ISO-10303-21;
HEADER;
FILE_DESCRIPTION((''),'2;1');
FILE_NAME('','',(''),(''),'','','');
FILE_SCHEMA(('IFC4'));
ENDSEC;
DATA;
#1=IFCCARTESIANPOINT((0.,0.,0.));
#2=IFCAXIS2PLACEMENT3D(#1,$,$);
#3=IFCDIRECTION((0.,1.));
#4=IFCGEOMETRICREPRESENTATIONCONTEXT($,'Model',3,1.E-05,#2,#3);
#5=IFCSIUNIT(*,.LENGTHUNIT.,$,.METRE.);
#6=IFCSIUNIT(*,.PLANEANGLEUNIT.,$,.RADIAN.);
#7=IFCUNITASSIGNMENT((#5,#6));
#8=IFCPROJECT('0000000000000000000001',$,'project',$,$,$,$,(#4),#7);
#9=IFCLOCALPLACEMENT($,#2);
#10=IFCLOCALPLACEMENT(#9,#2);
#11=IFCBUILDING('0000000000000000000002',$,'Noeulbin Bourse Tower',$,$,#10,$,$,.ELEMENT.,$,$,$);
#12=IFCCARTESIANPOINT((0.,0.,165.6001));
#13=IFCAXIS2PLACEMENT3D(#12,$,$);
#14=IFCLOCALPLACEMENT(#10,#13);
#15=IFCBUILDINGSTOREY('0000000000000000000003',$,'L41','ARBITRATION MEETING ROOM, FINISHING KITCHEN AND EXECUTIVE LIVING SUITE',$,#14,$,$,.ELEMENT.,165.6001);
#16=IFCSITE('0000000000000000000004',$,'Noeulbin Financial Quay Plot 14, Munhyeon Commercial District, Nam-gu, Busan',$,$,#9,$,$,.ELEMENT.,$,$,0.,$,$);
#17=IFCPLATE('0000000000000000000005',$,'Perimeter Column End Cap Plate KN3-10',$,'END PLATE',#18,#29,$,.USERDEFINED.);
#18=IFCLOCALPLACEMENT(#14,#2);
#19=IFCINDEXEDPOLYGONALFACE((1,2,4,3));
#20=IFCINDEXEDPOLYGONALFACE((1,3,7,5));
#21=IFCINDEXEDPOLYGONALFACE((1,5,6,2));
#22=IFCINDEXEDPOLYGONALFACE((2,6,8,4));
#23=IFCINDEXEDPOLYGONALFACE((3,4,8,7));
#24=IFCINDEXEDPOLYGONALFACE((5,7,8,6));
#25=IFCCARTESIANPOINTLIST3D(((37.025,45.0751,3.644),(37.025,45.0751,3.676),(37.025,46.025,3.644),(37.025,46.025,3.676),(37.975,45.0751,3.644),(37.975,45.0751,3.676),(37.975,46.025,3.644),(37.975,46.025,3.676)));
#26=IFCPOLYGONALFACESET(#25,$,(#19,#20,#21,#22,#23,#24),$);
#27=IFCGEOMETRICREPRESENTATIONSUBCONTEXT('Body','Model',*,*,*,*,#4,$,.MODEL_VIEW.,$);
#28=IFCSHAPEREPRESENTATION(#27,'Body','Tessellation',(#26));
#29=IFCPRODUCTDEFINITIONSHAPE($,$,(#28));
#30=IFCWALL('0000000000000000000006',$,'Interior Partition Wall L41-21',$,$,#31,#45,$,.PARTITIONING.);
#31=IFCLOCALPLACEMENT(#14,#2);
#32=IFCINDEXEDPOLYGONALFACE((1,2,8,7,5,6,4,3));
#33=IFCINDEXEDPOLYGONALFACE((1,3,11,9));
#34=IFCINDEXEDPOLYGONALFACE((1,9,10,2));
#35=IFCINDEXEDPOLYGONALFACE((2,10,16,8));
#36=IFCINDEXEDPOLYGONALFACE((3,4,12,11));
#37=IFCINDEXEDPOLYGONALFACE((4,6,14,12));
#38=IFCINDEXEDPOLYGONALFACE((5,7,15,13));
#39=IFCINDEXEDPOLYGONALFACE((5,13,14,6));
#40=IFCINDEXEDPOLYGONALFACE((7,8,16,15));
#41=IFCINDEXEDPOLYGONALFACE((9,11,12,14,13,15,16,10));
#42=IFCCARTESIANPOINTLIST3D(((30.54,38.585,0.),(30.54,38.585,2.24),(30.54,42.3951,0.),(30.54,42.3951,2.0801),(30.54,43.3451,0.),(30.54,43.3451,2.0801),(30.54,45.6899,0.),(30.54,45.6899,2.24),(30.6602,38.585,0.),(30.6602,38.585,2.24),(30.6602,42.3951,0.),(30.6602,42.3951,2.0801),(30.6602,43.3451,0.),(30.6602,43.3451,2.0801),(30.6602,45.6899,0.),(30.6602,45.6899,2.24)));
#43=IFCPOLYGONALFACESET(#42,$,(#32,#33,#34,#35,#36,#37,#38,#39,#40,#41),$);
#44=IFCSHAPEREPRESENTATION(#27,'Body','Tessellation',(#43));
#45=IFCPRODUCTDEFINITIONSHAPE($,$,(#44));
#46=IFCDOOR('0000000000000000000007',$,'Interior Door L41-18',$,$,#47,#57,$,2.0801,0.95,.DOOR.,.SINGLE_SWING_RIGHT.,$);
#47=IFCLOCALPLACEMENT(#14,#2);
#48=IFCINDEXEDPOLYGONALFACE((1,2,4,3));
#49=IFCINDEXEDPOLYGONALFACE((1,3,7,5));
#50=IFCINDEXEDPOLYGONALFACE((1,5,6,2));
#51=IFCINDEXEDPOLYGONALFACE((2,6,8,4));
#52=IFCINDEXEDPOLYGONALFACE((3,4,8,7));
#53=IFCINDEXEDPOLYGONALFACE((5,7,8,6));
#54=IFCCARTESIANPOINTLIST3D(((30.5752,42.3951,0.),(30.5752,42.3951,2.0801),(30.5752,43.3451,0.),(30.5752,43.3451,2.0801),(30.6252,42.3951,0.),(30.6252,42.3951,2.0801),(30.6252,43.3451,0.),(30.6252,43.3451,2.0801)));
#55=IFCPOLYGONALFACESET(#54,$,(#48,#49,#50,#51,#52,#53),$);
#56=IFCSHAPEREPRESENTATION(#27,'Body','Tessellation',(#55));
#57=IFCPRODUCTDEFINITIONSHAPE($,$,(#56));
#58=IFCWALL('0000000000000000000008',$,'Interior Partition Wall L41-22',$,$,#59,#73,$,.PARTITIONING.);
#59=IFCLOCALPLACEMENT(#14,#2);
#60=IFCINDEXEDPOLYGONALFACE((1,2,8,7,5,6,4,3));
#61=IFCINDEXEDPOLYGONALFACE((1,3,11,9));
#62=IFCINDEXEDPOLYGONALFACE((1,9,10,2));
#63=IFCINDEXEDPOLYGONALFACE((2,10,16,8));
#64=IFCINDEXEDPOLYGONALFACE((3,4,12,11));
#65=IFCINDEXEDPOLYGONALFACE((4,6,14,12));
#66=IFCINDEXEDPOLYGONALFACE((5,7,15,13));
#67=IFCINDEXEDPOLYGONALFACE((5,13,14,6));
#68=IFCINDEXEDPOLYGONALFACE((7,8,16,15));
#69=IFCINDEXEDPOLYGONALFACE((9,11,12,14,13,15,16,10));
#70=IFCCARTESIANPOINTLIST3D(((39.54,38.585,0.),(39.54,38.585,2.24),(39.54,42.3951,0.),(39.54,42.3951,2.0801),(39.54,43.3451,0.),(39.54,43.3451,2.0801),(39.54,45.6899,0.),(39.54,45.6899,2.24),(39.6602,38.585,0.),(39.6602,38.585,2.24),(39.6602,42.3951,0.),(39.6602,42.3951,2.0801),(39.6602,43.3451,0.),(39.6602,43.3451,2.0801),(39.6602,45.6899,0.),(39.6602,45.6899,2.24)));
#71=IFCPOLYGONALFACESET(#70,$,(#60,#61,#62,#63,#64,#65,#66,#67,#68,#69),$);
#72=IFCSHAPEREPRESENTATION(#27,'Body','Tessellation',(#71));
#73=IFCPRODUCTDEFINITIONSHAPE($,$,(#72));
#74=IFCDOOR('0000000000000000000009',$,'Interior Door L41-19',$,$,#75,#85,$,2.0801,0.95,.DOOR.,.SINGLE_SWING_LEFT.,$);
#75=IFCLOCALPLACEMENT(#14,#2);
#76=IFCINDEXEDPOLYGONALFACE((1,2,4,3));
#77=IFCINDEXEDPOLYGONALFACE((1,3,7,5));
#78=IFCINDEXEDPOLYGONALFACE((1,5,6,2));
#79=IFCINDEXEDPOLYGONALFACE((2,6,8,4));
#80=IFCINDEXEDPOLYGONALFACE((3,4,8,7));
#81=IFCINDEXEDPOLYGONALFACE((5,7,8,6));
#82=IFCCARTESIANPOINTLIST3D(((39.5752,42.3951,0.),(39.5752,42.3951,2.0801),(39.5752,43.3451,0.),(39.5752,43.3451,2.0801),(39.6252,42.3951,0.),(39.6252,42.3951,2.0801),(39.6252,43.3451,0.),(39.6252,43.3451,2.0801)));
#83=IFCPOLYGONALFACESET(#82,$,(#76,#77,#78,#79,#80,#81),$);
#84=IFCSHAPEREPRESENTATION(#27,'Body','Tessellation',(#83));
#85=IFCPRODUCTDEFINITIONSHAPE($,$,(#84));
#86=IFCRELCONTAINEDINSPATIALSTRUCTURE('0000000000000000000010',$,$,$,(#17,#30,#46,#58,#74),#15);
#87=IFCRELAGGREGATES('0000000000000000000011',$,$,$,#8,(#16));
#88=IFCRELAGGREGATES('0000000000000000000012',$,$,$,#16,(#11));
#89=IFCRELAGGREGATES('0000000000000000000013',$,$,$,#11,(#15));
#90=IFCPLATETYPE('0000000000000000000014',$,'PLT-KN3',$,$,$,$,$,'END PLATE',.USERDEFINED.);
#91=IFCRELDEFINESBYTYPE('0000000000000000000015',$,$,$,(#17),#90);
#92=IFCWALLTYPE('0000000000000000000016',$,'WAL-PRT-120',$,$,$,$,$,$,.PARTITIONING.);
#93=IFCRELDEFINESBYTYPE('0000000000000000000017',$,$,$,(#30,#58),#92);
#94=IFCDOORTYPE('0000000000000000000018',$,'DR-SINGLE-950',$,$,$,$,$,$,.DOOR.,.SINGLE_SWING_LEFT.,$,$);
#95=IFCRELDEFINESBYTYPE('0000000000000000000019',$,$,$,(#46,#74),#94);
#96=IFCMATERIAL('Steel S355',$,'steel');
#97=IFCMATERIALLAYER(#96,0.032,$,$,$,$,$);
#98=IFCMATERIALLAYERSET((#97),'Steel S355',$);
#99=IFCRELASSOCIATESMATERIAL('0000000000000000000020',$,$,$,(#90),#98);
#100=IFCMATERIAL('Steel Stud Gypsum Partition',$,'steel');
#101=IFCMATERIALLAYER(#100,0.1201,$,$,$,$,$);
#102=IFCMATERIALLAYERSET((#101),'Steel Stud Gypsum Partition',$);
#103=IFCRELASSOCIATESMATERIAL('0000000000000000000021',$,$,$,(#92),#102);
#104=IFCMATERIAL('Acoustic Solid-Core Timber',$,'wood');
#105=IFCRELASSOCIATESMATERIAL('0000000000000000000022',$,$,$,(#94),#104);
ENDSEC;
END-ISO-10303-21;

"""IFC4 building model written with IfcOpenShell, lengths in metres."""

from ifc_helpers import new_model, si_unit, direction, frame, frame_2d, origin, origin_2d, place, context, subcontext, project, spatial, rectangle, extrude, material, layer, layer_set, type_object, element, fill, save


model = new_model("IFC4")

# Units and contexts
model_context = context("Model", 3, precision=1e-05, world=origin(), true_north=direction((0.0, 1.0)))
body_context = subcontext(model_context, "Body", "Model", "MODEL_VIEW")
ifc_project = project(units=[si_unit("LENGTHUNIT", "METRE"), si_unit("PLANEANGLEUNIT", "RADIAN")], contexts=[model_context])

# Site, building, storey
site_placement = place(None, origin())
site = spatial("IfcSite", under=ifc_project, at=site_placement, Name="Noeulbin Financial Quay Plot 14, Munhyeon Commercial District, Nam-gu, Busan", CompositionType="ELEMENT", RefElevation=0.0)
building_placement = place(site_placement, origin())
building = spatial("IfcBuilding", under=site, at=building_placement, Name="Noeulbin Bourse Tower", CompositionType="ELEMENT")
storey_placement = place(building_placement, frame((0.0, 0.0, 165.6001)))
storey = spatial("IfcBuildingStorey", under=building, at=storey_placement, Name="L41", Description="ARBITRATION MEETING ROOM, FINISHING KITCHEN AND EXECUTIVE LIVING SUITE", CompositionType="ELEMENT", Elevation=165.6001)

# Shared definitions
ifc_material_1 = material(Name="Steel S355", Category="steel")

# Plate
ifc_layer_1 = layer(ifc_material_1, 0.032)
ifc_layer_set_1 = layer_set([ifc_layer_1], Name="Steel S355")
plate_type_1 = type_object("IfcPlateType", Name="PLT-KN3", ElementType="END PLATE", PredefinedType="USERDEFINED", material=ifc_layer_set_1)
for number, where, z_axis, x_axis, name in (
    (1, (37.5, 45.55, 3.644), (0.0, 0.0, 1.0), (1.0, 0.0, 0.0), "Perimeter Column End Cap Plate KN3-10"),
):
    element("IfcPlate", number, at=place(storey_placement, frame(where, z_axis=z_axis, x_axis=x_axis)), inside=storey, type_object=plate_type_1, Name=name, ObjectType="END PLATE", PredefinedType="USERDEFINED", context=body_context, shape_type="SweptSolid", body=[
        extrude(rectangle(XDim=0.95, YDim=0.95, at=origin_2d()), origin(), (0.0, 0.0, 1.0), 0.032),
    ])

# Walls, openings, doors
ifc_material_2 = material(Name="Steel Stud Gypsum Partition", Category="steel")
ifc_layer_2 = layer(ifc_material_2, 0.1201)
ifc_layer_set_2 = layer_set([ifc_layer_2], Name="Steel Stud Gypsum Partition")
wall_type = type_object("IfcWallType", Name="WAL-PRT-120", PredefinedType="PARTITIONING", material=ifc_layer_set_2)
wall_1_placement = place(storey_placement, frame((30.6001, 38.585, 0.0), z_axis=(0.0, 0.0, 1.0), x_axis=(0.0, 1.0, 0.0)))
wall_1 = element("IfcWall", 2, at=wall_1_placement, inside=storey, type_object=wall_type, Name="Interior Partition Wall L41-21", PredefinedType="PARTITIONING", context=body_context, shape_type="SweptSolid", body=[
    extrude(rectangle(XDim=7.105, YDim=0.1201, at=frame_2d((3.5525, 0.0))), origin(), (0.0, 0.0, 1.0), 2.24),
])
opening_1_placement = place(wall_1_placement, frame((3.8101, 0.0, 0.0)))
opening_1 = element("IfcOpeningElement", 3, at=opening_1_placement, cuts=wall_1, PredefinedType="OPENING", context=body_context, shape_type="SweptSolid", body=[
    extrude(rectangle(XDim=0.95, YDim=2.0801, at=frame_2d((0.4751, 1.04))), frame((0.0, 0.0701, 0.0), z_axis=(0.0, -1.0, 0.0), x_axis=(1.0, 0.0, 0.0)), (0.0, 0.0, 1.0), 0.1401),
])
ifc_material_3 = material(Name="Acoustic Solid-Core Timber", Category="wood")
door_type = type_object("IfcDoorType", Name="DR-SINGLE-950", OperationType="SINGLE_SWING_LEFT", PredefinedType="DOOR", material=ifc_material_3)
door_1_placement = place(opening_1_placement, origin())
door_1 = element("IfcDoor", 4, at=door_1_placement, inside=storey, type_object=door_type, Name="Interior Door L41-18", OperationType="SINGLE_SWING_RIGHT", OverallHeight=2.0801, OverallWidth=0.95, PredefinedType="DOOR", context=body_context, shape_type="SweptSolid", body=[
    extrude(rectangle(XDim=0.95, YDim=2.0801, at=frame_2d((0.4751, 1.04))), frame((0.0, 0.0249, 0.0), z_axis=(0.0, -1.0, 0.0), x_axis=(1.0, 0.0, 0.0)), (0.0, 0.0, 1.0), 0.05),
])
fill(opening_1, door_1)
wall_2_placement = place(storey_placement, frame((39.6001, 38.585, 0.0), z_axis=(0.0, 0.0, 1.0), x_axis=(0.0, 1.0, 0.0)))
wall_2 = element("IfcWall", 5, at=wall_2_placement, inside=storey, type_object=wall_type, Name="Interior Partition Wall L41-22", PredefinedType="PARTITIONING", context=body_context, shape_type="SweptSolid", body=[
    extrude(rectangle(XDim=7.105, YDim=0.1201, at=frame_2d((3.5525, 0.0))), origin(), (0.0, 0.0, 1.0), 2.24),
])
opening_2_placement = place(wall_2_placement, frame((3.8101, 0.0, 0.0)))
opening_2 = element("IfcOpeningElement", 6, at=opening_2_placement, cuts=wall_2, PredefinedType="OPENING", context=body_context, shape_type="SweptSolid", body=[
    extrude(rectangle(XDim=0.95, YDim=2.0801, at=frame_2d((0.4751, 1.04))), frame((0.0, 0.0701, 0.0), z_axis=(0.0, -1.0, 0.0), x_axis=(1.0, 0.0, 0.0)), (0.0, 0.0, 1.0), 0.1401),
])
door_2_placement = place(opening_2_placement, origin())
door_2 = element("IfcDoor", 7, at=door_2_placement, inside=storey, type_object=door_type, Name="Interior Door L41-19", OperationType="SINGLE_SWING_LEFT", OverallHeight=2.0801, OverallWidth=0.95, PredefinedType="DOOR", context=body_context, shape_type="SweptSolid", body=[
    extrude(rectangle(XDim=0.95, YDim=2.0801, at=frame_2d((0.4751, 1.04))), frame((0.0, 0.0249, 0.0), z_axis=(0.0, -1.0, 0.0), x_axis=(1.0, 0.0, 0.0)), (0.0, 0.0, 1.0), 0.05),
])
fill(opening_2, door_2)

save(model, "model.ifc")
